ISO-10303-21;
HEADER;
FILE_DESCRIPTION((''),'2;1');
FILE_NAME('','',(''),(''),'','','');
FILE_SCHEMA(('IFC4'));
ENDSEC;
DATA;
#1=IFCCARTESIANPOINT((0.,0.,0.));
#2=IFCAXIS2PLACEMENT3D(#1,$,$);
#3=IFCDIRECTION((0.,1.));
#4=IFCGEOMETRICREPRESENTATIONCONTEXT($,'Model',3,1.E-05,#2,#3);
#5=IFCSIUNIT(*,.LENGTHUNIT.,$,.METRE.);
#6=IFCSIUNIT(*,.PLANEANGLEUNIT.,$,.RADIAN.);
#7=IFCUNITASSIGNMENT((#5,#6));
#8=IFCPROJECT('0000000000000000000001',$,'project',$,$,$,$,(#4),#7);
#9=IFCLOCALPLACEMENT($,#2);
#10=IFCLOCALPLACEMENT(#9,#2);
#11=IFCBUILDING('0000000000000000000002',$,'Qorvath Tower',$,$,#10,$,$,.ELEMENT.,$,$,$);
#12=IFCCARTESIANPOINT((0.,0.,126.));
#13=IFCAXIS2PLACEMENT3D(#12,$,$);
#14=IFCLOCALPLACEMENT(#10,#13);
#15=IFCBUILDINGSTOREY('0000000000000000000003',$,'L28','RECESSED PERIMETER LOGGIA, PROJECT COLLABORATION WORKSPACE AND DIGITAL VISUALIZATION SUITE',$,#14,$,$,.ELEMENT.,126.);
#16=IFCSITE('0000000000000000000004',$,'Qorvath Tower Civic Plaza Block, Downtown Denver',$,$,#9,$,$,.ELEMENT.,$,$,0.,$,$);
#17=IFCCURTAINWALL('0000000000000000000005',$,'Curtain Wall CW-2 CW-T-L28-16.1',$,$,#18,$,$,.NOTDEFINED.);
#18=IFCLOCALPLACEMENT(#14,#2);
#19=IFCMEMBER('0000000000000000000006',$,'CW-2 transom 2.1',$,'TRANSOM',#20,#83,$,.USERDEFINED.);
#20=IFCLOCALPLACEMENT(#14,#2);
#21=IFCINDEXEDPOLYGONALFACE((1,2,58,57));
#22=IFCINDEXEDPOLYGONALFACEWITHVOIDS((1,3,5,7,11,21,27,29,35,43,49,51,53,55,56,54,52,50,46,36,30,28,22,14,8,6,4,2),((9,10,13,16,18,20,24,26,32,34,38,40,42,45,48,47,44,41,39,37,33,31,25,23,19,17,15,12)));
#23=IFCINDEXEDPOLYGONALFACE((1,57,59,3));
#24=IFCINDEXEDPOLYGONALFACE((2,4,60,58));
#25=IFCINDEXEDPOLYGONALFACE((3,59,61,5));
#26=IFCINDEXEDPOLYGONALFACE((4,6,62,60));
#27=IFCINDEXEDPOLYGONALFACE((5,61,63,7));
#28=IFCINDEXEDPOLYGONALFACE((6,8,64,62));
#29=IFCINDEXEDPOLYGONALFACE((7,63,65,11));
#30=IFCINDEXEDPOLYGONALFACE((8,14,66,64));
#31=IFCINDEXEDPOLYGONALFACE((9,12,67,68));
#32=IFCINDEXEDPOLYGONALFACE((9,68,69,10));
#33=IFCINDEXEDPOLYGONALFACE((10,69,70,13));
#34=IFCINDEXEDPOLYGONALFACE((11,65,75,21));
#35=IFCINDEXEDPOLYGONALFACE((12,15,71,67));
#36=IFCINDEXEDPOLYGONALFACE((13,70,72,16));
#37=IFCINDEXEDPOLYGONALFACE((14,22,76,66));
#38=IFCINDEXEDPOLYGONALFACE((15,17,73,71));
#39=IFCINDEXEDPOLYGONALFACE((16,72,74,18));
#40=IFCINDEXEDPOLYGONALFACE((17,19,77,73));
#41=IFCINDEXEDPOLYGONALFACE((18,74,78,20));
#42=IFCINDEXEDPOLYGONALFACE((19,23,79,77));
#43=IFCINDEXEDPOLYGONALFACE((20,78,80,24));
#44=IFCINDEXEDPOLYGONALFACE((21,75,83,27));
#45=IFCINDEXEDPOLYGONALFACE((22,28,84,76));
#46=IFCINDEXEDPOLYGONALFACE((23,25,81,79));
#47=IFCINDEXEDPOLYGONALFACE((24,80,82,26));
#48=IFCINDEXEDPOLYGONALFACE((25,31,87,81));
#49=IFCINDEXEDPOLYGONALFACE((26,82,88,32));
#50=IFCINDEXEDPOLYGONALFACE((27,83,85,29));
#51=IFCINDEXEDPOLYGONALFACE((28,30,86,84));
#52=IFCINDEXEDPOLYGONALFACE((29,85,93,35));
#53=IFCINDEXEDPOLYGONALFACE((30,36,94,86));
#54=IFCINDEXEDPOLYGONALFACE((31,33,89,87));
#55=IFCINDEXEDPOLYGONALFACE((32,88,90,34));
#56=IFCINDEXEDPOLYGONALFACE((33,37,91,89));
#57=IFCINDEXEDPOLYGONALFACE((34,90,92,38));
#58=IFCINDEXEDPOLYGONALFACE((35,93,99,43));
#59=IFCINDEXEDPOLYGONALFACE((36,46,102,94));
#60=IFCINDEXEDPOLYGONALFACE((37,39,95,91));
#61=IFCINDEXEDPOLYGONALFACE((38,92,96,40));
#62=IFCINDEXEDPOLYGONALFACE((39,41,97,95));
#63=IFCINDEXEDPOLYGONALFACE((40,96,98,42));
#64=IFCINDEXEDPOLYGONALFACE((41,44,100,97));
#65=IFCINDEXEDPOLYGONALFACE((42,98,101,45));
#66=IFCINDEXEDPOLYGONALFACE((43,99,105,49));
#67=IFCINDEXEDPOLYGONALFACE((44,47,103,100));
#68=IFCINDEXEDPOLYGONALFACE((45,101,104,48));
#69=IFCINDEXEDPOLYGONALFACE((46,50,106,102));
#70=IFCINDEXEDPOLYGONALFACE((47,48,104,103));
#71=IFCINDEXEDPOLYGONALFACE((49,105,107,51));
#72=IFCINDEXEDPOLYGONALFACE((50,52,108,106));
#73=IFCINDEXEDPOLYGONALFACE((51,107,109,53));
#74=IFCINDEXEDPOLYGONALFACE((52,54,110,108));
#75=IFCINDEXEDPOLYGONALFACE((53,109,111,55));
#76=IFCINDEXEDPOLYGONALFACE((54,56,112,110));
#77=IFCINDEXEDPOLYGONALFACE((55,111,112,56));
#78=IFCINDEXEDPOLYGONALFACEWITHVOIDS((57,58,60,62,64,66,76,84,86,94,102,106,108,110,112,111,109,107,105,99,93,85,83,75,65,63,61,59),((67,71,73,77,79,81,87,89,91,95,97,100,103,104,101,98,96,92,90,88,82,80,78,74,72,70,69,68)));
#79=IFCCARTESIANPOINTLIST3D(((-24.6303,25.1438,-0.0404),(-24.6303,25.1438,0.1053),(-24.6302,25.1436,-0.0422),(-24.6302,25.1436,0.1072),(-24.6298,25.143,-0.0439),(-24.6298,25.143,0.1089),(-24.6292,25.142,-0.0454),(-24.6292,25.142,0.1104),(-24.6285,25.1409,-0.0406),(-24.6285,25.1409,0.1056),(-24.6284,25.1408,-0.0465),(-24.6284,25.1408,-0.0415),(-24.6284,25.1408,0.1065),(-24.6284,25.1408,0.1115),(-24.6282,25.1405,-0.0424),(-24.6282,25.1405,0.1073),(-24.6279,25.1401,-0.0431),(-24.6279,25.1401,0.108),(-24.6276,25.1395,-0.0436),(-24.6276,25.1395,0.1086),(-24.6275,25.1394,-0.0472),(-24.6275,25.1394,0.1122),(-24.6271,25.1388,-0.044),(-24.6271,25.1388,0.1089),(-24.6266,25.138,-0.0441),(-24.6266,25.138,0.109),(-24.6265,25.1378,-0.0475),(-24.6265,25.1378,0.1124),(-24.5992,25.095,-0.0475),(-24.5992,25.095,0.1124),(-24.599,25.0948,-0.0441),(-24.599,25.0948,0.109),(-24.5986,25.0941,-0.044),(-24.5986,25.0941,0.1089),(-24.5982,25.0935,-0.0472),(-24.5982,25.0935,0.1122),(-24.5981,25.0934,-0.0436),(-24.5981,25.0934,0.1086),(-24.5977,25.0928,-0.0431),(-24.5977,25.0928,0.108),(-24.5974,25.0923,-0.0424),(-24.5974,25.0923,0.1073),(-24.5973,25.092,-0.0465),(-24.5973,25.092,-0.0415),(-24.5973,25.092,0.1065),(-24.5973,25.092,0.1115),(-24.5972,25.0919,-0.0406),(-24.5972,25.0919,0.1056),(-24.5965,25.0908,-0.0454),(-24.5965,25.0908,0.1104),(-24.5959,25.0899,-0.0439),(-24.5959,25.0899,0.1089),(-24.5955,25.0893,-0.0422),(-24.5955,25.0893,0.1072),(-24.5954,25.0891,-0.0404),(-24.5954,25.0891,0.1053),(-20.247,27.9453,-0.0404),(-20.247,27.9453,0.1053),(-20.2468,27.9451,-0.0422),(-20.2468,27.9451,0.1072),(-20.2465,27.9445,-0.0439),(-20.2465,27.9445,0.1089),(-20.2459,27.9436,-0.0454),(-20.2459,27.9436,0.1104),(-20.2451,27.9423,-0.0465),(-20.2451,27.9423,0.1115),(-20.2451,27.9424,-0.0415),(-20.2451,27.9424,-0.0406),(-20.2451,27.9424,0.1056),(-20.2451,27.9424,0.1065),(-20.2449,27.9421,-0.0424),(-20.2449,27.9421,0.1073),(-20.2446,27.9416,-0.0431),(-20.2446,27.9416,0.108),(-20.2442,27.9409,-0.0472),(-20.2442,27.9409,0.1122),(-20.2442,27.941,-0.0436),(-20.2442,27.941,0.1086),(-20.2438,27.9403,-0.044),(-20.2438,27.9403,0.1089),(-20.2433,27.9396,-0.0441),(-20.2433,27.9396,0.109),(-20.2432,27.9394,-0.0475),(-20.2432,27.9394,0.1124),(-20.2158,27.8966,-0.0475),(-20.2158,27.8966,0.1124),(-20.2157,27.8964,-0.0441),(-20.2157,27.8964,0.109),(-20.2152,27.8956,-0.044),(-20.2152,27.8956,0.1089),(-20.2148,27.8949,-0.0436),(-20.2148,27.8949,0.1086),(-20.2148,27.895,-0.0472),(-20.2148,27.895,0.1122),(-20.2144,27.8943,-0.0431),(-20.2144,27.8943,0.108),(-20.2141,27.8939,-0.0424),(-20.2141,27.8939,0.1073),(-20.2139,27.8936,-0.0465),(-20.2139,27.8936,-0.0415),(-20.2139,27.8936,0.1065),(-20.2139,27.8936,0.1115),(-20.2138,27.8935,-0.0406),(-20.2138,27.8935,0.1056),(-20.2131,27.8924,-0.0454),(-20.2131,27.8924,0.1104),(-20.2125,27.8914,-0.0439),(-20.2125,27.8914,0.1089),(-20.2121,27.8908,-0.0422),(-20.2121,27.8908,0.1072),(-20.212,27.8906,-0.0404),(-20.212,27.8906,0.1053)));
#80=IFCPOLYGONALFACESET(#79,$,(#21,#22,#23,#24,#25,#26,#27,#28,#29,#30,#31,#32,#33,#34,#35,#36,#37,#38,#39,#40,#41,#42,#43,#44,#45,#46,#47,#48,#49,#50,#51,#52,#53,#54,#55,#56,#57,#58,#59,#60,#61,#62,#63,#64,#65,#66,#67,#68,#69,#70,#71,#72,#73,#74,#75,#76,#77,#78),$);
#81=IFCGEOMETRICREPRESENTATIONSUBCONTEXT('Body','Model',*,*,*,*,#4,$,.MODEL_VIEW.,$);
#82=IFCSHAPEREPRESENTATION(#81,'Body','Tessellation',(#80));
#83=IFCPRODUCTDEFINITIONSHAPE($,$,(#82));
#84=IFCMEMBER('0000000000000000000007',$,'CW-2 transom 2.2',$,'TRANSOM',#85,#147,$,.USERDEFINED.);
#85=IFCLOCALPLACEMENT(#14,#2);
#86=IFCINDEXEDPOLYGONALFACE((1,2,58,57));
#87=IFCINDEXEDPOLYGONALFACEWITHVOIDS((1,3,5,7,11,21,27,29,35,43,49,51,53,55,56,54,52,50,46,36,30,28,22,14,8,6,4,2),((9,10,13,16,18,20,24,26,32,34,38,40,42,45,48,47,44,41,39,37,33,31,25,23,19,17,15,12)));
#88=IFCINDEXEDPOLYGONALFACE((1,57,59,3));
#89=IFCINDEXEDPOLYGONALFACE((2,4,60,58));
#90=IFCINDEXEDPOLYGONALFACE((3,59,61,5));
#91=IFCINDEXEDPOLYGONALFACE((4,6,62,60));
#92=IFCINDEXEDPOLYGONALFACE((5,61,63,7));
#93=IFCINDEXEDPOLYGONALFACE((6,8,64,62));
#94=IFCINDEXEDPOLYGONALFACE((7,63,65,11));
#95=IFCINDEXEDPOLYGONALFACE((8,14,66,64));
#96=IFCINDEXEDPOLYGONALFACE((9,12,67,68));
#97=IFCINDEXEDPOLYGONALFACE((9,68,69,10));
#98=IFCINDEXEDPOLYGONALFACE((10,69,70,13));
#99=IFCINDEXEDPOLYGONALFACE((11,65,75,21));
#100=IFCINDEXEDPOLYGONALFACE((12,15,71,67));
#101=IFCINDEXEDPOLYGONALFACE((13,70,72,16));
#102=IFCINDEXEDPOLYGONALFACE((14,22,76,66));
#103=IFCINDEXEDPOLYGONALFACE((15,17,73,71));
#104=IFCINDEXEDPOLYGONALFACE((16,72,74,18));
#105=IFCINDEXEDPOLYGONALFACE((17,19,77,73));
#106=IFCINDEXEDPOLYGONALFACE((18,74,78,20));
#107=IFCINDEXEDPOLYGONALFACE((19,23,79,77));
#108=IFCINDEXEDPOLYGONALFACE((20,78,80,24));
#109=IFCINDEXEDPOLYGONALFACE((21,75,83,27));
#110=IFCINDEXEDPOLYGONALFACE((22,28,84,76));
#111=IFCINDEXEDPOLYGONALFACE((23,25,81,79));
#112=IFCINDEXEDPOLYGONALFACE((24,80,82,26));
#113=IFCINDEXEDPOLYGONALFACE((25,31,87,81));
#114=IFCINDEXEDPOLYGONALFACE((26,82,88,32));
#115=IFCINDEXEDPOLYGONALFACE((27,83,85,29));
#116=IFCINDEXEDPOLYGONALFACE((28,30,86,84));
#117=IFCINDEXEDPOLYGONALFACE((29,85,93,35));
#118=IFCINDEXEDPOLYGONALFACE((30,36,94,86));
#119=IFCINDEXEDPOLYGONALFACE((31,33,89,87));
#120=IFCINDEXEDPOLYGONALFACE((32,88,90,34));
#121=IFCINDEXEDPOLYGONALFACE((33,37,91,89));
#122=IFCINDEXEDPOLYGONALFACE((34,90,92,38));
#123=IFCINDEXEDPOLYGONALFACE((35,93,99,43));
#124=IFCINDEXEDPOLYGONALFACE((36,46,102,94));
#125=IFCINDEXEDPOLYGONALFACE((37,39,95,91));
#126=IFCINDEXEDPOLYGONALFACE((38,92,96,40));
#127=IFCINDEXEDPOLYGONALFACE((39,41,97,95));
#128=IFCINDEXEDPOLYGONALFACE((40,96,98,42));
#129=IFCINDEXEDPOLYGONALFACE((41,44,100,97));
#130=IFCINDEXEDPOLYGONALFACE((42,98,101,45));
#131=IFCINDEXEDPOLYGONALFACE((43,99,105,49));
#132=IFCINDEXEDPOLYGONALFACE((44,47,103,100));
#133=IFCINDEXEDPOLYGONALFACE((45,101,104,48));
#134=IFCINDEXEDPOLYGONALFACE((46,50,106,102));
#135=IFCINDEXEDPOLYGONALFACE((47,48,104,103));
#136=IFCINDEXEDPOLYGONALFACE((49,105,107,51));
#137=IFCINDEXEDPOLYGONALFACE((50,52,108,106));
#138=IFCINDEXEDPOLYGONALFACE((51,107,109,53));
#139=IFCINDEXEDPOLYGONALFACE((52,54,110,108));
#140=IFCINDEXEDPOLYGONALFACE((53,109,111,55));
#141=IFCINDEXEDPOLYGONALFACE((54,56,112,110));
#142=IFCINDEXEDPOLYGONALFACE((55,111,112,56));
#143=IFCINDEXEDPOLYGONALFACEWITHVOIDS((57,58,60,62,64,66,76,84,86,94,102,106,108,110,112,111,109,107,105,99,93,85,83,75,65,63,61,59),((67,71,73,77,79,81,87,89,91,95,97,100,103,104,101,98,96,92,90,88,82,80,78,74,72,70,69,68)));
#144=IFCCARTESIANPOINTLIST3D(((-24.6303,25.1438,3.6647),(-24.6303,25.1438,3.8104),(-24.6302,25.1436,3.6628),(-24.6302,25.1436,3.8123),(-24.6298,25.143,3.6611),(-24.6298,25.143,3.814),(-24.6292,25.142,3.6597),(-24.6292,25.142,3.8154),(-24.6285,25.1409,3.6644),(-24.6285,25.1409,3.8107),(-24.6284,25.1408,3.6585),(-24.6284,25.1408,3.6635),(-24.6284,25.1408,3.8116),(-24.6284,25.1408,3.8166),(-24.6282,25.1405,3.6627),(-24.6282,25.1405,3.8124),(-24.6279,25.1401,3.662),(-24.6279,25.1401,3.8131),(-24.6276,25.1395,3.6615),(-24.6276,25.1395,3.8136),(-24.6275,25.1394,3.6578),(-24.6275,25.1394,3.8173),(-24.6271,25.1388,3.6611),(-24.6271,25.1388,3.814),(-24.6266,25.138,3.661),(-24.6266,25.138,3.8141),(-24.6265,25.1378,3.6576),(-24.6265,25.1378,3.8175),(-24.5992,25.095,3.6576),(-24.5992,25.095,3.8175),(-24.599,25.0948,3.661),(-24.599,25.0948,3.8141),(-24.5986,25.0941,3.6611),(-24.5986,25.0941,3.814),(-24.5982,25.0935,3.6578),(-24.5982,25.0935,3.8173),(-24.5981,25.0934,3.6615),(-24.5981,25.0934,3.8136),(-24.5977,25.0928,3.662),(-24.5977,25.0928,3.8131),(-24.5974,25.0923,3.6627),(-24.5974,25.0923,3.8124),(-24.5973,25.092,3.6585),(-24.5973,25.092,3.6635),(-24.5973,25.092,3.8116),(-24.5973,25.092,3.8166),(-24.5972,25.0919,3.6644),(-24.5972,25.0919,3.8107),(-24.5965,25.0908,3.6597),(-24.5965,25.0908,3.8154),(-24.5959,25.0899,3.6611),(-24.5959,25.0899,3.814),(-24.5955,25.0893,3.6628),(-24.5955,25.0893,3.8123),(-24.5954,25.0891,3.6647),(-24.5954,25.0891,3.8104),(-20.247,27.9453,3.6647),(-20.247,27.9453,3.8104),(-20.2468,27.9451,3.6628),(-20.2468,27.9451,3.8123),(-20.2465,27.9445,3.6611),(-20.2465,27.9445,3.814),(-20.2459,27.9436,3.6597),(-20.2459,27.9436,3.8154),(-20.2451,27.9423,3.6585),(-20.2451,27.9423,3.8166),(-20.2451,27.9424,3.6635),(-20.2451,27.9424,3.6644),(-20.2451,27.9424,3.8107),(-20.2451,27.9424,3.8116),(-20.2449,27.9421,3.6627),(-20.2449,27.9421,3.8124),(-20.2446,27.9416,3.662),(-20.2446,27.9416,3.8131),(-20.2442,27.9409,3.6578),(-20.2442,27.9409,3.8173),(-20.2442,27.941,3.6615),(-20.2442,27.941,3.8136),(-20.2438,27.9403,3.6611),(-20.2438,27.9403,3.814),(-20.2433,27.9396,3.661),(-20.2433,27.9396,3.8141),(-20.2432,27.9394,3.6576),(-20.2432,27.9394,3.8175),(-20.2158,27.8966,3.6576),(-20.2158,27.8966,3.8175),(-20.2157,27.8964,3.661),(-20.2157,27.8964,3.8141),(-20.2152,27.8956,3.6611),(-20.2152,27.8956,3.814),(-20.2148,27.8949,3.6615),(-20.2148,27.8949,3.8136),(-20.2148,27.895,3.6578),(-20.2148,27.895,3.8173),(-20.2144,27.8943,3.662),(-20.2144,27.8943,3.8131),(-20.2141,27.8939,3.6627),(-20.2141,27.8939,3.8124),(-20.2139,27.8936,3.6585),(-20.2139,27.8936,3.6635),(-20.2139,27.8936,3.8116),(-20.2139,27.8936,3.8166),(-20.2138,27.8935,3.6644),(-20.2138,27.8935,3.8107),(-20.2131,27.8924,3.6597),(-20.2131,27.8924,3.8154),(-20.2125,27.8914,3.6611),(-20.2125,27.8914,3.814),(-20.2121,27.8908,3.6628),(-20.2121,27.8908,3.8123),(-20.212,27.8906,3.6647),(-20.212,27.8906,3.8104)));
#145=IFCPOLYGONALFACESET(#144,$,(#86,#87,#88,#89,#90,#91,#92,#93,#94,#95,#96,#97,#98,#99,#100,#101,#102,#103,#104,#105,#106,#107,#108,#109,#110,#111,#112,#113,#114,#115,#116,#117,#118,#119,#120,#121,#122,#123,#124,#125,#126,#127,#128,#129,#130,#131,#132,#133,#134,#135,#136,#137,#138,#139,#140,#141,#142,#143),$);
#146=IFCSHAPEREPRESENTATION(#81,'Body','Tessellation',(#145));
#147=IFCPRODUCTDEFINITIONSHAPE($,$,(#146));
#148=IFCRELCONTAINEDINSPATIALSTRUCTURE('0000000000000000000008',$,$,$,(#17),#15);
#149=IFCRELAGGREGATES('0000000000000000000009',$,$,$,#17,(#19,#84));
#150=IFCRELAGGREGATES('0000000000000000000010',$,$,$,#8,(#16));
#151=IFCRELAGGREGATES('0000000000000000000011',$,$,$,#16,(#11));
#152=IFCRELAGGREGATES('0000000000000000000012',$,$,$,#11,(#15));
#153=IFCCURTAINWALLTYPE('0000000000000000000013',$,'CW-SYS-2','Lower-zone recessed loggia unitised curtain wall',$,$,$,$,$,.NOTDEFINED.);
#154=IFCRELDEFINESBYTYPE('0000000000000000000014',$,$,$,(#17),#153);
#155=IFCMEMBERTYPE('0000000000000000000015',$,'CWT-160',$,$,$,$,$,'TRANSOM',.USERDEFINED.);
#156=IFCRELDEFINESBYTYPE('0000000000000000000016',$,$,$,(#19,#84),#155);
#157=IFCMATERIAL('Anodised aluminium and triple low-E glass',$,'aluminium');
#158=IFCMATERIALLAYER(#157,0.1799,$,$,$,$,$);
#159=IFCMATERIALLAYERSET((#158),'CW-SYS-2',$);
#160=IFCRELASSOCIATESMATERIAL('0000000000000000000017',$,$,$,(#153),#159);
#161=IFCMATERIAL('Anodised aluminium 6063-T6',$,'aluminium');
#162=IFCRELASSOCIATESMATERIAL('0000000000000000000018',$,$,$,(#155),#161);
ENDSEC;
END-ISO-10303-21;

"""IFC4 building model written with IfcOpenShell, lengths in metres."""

from ifc_helpers import new_model, si_unit, direction, frame, origin, origin_2d, place, context, subcontext, project, spatial, hollow_rectangle, extrude, material, layer, layer_set, material_profile, profile_set, type_object, element, aggregate, save


model = new_model("IFC4")

# Units and contexts
model_context = context("Model", 3, precision=1e-05, world=origin(), true_north=direction((0.0, 1.0)))
body_context = subcontext(model_context, "Body", "Model", "MODEL_VIEW")
ifc_project = project(units=[si_unit("LENGTHUNIT", "METRE"), si_unit("PLANEANGLEUNIT", "RADIAN")], contexts=[model_context])

# Site, building, storey
site_placement = place(None, origin())
site = spatial("IfcSite", under=ifc_project, at=site_placement, Name="Qorvath Tower Civic Plaza Block, Downtown Denver", CompositionType="ELEMENT", RefElevation=0.0)
building_placement = place(site_placement, origin())
building = spatial("IfcBuilding", under=site, at=building_placement, Name="Qorvath Tower", CompositionType="ELEMENT")
storey_placement = place(building_placement, frame((0.0, 0.0, 126.0)))
storey = spatial("IfcBuildingStorey", under=building, at=storey_placement, Name="L28", Description="RECESSED PERIMETER LOGGIA, PROJECT COLLABORATION WORKSPACE AND DIGITAL VISUALIZATION SUITE", CompositionType="ELEMENT", Elevation=126.0)

# Curtain wall
ifc_material_1 = material(Name="Anodised aluminium and triple low-E glass", Category="aluminium")
ifc_layer_1 = layer(ifc_material_1, 0.1799)
ifc_layer_set_1 = layer_set([ifc_layer_1], Name="CW-SYS-2")
curtain_wall_type = type_object("IfcCurtainWallType", Name="CW-SYS-2", Description="Lower-zone recessed loggia unitised curtain wall", PredefinedType="NOTDEFINED", material=ifc_layer_set_1)
curtain_wall_1_placement = place(storey_placement, origin())
curtain_wall_1 = element("IfcCurtainWall", 1, at=curtain_wall_1_placement, inside=storey, type_object=curtain_wall_type, Name="Curtain Wall CW-2 CW-T-L28-16.1", PredefinedType="NOTDEFINED")

# Members
ifc_material_2 = material(Name="Anodised aluminium 6063-T6", Category="aluminium")
ifc_material_profile_1 = material_profile(ifc_material_2, hollow_rectangle(XDim=0.0649, YDim=0.1599, WallThickness=0.0034, InnerFilletRadius=0.0034, OuterFilletRadius=0.0071, at=origin_2d()), Name="CWT 160x65")
ifc_profile_set_1 = profile_set([ifc_material_profile_1], Name="Anodised aluminium 6063-T6")
member_type_1 = type_object("IfcMemberType", Name="CWT-160", ElementType="TRANSOM", PredefinedType="USERDEFINED", material=ifc_profile_set_1)
member_1_placement = place(storey_placement, frame((-20.2295, 27.918, 0.0325), z_axis=(-0.842603, -0.538536, 0.0), x_axis=(0.538536, -0.842603, 0.0)))
member_1 = element("IfcMember", 2, at=member_1_placement, type_object=member_type_1, Name="CW-2 transom 2.1", ObjectType="TRANSOM", PredefinedType="USERDEFINED", context=body_context, shape_type="SweptSolid", body=[
    extrude(hollow_rectangle(XDim=0.0649, YDim=0.1599, WallThickness=0.0034, InnerFilletRadius=0.0034, OuterFilletRadius=0.0071, at=origin_2d()), origin(), (0.0, 0.0, 1.0), 5.2021),
])
member_2_placement = place(storey_placement, frame((-20.2295, 27.918, 3.7375), z_axis=(-0.842603, -0.538536, 0.0), x_axis=(0.538536, -0.842603, 0.0)))
member_2 = element("IfcMember", 3, at=member_2_placement, type_object=member_type_1, Name="CW-2 transom 2.2", ObjectType="TRANSOM", PredefinedType="USERDEFINED", context=body_context, shape_type="SweptSolid", body=[
    extrude(hollow_rectangle(XDim=0.0649, YDim=0.1599, WallThickness=0.0034, InnerFilletRadius=0.0034, OuterFilletRadius=0.0071, at=origin_2d()), origin(), (0.0, 0.0, 1.0), 5.2021),
])

aggregate(curtain_wall_1, [member_1, member_2])

save(model, "model.ifc")
